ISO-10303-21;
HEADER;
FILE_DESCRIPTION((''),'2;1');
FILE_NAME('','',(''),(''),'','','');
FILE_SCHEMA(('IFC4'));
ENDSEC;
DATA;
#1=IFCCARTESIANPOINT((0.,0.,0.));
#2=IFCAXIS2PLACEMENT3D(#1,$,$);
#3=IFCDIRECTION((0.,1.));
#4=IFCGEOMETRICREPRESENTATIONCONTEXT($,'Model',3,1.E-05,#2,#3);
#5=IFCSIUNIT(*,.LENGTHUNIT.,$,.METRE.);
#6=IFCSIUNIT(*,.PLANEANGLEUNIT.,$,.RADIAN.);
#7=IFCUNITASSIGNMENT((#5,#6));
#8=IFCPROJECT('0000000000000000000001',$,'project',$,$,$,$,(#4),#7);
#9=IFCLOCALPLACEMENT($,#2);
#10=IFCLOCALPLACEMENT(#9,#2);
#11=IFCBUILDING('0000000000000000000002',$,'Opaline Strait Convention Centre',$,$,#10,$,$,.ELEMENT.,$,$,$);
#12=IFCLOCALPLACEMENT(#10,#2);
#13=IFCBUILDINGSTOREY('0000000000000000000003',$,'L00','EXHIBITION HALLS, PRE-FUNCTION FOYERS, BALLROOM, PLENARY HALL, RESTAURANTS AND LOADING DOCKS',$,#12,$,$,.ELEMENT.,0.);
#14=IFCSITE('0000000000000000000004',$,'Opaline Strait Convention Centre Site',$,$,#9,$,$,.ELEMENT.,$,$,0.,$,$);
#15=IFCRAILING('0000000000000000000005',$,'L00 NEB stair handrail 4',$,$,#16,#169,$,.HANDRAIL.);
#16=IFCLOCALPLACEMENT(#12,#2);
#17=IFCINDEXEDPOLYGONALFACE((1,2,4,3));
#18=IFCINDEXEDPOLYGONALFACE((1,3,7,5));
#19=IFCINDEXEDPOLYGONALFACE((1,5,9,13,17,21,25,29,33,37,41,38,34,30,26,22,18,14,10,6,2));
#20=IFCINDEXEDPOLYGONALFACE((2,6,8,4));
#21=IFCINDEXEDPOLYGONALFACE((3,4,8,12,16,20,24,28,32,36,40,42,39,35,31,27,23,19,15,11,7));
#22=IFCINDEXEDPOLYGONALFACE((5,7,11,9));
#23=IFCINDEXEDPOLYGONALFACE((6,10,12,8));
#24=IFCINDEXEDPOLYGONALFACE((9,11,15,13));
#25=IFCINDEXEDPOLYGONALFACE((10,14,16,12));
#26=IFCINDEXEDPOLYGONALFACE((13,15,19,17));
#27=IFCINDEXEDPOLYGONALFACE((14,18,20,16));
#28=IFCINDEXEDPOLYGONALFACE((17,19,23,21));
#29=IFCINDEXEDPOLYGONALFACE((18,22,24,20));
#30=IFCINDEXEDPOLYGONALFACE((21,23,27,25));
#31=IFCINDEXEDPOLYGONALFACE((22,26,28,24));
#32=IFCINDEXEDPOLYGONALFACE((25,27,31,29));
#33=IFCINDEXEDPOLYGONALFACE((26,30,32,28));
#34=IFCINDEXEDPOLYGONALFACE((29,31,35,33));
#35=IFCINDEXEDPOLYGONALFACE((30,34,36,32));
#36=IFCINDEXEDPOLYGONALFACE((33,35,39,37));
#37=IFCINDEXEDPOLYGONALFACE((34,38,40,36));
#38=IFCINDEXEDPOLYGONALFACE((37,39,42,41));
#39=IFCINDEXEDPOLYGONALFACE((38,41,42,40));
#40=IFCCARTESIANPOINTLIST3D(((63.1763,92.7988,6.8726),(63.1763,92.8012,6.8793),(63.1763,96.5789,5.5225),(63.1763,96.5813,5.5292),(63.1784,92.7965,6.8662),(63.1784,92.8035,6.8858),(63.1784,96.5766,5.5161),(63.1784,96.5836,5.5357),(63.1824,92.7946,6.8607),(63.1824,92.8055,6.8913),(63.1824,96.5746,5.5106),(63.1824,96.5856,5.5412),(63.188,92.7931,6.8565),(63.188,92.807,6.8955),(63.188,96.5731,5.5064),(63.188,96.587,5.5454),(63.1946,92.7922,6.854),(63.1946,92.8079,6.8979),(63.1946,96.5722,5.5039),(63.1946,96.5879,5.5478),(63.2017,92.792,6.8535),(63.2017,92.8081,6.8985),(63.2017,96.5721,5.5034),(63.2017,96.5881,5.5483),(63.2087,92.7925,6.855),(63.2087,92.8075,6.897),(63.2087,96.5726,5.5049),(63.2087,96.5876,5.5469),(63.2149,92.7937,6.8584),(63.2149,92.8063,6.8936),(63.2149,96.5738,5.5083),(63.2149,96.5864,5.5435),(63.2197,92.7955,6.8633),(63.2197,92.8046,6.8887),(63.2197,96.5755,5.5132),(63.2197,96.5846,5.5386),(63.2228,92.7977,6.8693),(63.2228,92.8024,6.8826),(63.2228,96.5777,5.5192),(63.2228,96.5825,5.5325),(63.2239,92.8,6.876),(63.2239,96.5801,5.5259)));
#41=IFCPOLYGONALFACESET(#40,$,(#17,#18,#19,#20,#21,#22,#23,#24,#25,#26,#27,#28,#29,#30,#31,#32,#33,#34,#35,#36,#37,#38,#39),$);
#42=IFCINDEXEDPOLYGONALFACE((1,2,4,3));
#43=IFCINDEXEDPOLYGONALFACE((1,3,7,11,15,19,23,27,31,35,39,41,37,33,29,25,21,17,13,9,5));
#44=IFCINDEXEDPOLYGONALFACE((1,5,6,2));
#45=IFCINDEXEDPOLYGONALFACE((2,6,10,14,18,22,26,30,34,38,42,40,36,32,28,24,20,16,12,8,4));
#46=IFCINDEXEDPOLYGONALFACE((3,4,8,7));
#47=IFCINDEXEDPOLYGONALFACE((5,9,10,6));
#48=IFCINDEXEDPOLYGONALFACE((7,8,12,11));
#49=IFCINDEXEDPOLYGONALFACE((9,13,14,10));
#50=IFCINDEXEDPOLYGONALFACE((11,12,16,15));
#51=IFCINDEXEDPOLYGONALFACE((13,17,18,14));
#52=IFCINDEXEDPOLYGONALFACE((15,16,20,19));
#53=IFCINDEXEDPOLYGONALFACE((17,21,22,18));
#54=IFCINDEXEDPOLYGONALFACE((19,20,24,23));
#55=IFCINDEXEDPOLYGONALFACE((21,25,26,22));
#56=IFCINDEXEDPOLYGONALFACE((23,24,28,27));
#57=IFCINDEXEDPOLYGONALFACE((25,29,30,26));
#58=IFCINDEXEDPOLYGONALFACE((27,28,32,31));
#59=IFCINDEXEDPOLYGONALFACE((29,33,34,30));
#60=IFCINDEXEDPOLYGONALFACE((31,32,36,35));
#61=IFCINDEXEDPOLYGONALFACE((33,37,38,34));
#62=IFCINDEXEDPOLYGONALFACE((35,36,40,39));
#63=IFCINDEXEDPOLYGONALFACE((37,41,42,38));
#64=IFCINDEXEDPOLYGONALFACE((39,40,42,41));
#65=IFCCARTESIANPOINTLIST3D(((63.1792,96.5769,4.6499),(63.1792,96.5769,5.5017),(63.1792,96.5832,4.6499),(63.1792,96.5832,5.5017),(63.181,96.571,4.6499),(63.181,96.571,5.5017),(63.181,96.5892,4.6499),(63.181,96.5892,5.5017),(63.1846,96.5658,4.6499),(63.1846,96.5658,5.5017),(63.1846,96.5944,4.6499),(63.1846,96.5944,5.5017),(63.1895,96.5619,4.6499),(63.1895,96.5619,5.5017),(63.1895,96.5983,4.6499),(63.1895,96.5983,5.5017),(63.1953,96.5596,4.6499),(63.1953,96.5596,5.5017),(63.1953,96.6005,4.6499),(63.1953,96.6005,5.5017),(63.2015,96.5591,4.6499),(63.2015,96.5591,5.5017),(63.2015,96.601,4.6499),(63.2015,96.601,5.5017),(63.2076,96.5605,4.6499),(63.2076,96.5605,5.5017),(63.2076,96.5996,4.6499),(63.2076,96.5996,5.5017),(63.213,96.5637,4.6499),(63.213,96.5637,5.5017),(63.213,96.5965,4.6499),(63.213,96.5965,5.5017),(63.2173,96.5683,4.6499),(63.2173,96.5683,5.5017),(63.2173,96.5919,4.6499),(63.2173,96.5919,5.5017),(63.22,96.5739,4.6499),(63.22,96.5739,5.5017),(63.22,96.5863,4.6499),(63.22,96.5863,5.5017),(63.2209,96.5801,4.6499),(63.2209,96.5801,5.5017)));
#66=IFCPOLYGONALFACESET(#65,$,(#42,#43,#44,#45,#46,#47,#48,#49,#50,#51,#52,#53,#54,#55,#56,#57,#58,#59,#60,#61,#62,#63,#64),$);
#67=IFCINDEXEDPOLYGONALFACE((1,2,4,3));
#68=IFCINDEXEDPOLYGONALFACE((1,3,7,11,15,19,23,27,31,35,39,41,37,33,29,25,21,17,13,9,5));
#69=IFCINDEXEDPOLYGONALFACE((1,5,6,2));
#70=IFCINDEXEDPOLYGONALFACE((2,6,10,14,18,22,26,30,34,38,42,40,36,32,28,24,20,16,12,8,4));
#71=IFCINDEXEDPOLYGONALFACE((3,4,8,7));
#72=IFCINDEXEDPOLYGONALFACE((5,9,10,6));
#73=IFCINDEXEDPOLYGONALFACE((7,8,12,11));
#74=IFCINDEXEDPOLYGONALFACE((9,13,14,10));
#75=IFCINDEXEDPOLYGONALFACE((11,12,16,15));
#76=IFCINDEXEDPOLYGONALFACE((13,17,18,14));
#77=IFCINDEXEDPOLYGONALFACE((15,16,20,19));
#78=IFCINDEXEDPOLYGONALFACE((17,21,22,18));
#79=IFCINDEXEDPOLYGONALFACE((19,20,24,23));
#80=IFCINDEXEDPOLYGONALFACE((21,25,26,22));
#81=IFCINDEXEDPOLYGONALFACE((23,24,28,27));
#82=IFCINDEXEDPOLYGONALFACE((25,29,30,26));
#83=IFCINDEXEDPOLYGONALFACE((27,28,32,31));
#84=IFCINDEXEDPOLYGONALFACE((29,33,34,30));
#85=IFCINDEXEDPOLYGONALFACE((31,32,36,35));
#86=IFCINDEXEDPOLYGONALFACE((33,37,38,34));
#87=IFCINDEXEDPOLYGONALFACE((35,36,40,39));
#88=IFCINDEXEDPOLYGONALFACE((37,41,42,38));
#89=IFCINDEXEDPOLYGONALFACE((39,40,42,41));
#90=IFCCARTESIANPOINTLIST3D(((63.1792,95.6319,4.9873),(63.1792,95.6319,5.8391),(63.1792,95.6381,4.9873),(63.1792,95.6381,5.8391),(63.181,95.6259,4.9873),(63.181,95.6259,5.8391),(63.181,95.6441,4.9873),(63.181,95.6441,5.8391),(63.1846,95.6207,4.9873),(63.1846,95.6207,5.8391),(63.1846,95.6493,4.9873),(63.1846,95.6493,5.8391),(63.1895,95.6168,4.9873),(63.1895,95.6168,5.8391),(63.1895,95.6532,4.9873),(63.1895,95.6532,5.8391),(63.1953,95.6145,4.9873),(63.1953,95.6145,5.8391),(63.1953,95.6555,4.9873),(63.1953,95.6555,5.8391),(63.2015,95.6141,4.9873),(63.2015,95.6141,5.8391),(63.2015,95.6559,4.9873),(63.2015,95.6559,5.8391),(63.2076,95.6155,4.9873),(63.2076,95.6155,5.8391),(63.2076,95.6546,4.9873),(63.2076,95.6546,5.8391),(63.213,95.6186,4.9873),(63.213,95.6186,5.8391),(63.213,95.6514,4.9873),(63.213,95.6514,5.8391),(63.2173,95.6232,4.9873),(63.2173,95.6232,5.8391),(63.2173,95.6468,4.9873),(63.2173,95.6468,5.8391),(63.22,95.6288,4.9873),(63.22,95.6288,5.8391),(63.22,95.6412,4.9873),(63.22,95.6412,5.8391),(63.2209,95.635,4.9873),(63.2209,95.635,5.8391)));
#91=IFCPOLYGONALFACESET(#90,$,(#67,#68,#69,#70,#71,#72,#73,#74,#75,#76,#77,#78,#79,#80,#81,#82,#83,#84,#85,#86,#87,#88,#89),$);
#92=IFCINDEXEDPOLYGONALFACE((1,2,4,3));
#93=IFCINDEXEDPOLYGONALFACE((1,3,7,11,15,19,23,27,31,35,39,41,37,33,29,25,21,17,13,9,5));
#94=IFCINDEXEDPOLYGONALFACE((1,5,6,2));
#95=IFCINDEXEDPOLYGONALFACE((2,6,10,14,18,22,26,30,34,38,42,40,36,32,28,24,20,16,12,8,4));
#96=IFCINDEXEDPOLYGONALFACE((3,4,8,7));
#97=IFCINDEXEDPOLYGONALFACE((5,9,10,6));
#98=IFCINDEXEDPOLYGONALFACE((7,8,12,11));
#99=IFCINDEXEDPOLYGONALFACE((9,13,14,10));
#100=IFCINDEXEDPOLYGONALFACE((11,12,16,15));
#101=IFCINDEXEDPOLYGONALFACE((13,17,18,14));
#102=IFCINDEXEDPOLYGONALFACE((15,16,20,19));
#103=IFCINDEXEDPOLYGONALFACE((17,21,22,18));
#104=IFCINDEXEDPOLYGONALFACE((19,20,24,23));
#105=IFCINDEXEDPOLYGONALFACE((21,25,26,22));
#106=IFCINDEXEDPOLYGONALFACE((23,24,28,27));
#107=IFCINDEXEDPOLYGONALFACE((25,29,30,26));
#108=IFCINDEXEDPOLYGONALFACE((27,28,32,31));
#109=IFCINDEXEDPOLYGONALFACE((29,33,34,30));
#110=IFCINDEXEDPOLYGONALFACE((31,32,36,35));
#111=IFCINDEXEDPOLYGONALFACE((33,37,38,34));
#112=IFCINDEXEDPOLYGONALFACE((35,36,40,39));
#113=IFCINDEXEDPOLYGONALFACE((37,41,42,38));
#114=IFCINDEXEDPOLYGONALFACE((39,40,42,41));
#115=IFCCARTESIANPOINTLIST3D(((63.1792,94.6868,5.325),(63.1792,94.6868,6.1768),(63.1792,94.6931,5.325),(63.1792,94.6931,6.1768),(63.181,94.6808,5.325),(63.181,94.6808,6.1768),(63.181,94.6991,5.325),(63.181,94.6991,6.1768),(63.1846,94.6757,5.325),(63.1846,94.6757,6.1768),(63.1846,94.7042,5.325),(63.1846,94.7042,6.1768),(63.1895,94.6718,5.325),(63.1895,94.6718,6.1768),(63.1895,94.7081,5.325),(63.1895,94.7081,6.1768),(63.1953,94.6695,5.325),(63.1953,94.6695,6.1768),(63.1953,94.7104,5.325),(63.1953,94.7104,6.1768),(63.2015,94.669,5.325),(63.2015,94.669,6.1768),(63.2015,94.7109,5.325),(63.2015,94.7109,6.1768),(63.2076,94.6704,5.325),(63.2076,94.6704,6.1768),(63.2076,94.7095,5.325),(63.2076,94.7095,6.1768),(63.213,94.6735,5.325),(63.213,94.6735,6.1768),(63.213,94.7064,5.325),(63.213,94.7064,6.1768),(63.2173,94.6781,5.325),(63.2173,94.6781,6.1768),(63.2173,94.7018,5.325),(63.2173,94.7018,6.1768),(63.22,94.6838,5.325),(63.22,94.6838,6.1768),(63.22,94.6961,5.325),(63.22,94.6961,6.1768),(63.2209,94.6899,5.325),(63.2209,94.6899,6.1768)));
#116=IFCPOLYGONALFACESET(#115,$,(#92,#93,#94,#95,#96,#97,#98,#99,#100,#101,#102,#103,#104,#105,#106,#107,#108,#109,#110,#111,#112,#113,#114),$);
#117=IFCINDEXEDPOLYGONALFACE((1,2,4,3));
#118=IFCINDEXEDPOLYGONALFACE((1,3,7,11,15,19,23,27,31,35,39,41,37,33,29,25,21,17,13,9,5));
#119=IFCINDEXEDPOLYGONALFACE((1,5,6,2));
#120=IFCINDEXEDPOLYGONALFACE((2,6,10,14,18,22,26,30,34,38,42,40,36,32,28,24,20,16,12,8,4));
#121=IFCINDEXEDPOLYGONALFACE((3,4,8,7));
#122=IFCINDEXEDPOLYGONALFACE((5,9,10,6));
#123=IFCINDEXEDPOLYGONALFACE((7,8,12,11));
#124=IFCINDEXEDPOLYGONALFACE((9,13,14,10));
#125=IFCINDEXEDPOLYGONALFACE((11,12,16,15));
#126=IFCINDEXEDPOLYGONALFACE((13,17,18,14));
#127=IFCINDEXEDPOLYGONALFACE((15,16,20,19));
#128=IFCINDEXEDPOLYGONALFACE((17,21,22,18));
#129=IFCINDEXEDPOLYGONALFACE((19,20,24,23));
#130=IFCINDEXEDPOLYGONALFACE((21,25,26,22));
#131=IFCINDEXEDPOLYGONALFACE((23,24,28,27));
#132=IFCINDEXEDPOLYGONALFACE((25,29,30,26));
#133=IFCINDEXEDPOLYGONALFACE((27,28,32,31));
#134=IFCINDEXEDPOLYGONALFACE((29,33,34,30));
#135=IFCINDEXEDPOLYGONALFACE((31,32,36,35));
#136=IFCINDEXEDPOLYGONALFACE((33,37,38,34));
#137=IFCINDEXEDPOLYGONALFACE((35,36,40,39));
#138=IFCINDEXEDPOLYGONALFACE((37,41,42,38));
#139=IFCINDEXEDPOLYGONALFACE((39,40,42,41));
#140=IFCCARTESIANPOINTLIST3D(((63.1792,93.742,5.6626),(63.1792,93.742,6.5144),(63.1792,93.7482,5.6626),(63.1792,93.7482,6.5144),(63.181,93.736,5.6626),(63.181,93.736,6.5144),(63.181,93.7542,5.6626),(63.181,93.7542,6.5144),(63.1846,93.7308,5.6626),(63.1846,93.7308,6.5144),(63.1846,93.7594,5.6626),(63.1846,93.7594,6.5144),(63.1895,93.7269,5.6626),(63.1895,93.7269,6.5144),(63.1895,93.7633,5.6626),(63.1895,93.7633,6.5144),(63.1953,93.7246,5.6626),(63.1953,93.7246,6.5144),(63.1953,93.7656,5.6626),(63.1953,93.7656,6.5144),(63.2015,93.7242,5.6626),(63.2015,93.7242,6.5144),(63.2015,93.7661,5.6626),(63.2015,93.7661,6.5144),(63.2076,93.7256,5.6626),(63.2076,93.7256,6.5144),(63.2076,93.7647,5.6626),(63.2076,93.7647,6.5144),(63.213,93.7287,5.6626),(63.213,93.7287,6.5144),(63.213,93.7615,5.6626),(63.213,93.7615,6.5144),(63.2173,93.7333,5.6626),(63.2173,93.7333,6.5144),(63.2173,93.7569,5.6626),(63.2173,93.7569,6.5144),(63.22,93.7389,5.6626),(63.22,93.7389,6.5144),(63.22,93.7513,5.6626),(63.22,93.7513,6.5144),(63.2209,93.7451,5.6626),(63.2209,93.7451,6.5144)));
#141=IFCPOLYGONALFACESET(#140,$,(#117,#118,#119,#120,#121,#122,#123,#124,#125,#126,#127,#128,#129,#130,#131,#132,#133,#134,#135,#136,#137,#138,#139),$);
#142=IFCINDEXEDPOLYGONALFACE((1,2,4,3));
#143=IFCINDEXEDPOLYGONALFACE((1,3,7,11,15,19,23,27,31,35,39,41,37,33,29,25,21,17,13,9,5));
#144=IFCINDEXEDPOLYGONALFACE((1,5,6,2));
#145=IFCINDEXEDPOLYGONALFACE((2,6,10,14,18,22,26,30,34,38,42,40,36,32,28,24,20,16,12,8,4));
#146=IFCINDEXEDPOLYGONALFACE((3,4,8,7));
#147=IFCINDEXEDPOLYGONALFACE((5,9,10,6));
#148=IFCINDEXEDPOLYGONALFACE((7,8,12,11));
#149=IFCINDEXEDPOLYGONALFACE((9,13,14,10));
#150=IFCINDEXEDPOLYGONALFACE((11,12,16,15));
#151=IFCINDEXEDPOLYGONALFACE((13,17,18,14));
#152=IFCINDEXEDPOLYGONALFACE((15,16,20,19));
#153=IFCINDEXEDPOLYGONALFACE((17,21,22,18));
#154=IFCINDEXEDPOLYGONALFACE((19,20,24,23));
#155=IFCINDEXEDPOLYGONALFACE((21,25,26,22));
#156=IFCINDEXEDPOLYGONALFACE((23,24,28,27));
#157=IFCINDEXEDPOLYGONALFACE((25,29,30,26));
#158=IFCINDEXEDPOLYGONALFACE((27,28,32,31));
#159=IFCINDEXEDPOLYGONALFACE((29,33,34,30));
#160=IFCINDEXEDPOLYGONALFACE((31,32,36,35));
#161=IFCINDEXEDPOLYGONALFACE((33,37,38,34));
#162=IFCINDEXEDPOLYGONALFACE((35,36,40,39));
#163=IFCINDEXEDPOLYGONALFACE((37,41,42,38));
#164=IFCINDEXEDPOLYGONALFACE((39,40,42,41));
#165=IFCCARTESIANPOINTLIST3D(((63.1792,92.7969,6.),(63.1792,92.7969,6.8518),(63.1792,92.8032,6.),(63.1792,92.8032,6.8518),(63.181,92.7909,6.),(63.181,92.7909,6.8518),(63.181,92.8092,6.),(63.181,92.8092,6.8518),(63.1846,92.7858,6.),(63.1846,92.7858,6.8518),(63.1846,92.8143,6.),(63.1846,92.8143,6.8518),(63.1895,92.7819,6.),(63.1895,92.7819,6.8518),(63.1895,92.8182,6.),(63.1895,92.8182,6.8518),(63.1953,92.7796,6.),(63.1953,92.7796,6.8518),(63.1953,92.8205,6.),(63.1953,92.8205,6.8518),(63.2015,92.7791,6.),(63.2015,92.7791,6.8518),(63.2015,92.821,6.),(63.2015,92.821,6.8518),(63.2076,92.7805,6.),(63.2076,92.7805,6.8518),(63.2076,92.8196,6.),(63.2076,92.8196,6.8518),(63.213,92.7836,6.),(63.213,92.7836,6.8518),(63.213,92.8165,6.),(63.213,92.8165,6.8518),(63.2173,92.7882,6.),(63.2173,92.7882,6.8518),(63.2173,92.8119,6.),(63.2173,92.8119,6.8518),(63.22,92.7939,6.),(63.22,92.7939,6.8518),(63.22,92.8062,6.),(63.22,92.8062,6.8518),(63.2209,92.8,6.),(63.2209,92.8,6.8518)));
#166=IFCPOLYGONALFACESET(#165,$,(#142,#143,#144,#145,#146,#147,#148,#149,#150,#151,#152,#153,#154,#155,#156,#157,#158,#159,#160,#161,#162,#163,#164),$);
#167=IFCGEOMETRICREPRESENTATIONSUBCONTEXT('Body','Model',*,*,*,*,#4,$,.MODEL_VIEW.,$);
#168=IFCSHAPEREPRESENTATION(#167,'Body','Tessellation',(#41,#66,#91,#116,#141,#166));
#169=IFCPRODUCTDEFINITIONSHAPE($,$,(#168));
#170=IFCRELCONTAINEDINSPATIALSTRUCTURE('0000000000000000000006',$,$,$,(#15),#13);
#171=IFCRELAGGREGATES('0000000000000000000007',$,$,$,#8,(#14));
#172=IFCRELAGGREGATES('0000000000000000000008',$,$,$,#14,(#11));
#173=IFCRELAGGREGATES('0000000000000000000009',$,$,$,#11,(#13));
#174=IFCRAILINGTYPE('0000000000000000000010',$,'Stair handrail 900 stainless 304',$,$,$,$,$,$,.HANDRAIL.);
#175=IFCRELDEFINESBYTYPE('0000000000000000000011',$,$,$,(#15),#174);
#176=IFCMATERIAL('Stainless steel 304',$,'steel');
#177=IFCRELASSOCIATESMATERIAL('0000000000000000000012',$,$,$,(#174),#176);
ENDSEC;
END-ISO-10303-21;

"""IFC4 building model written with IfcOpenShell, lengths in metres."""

from ifc_helpers import new_model, si_unit, direction, frame, origin, origin_2d, place, context, subcontext, project, spatial, circle, extrude, material, type_object, element, save


model = new_model("IFC4")

# Units and contexts
model_context = context("Model", 3, precision=1e-05, world=origin(), true_north=direction((0.0, 1.0)))
body_context = subcontext(model_context, "Body", "Model", "MODEL_VIEW")
ifc_project = project(units=[si_unit("LENGTHUNIT", "METRE"), si_unit("PLANEANGLEUNIT", "RADIAN")], contexts=[model_context])

# Site, building, storey
site_placement = place(None, origin())
site = spatial("IfcSite", under=ifc_project, at=site_placement, Name="Opaline Strait Convention Centre Site", CompositionType="ELEMENT", RefElevation=0.0)
building_placement = place(site_placement, origin())
building = spatial("IfcBuilding", under=site, at=building_placement, Name="Opaline Strait Convention Centre", CompositionType="ELEMENT")
storey_placement = place(building_placement, origin())
storey = spatial("IfcBuildingStorey", under=building, at=storey_placement, Name="L00", Description="EXHIBITION HALLS, PRE-FUNCTION FOYERS, BALLROOM, PLENARY HALL, RESTAURANTS AND LOADING DOCKS", CompositionType="ELEMENT", Elevation=0.0)

# Railing
ifc_material_1 = material(Name="Stainless steel 304", Category="steel")
railing_type = type_object("IfcRailingType", Name="Stair handrail 900 stainless 304", PredefinedType="HANDRAIL", material=ifc_material_1)
for number, where, name in (
    (1, (63.2, 96.5801, 4.6499), "L00 NEB stair handrail 4"),
):
    element("IfcRailing", number, at=place(storey_placement, frame(where)), inside=storey, type_object=railing_type, Name=name, PredefinedType="HANDRAIL", context=body_context, shape_type="SweptSolid", body=[
        extrude(circle(Radius=0.0239, at=origin_2d()), frame((0.0, 0.0, 0.876), z_axis=(0.0, -0.941735, 0.336356), x_axis=(1.0, 0.0, 0.0)), (0.0, 0.0, 1.0), 4.0139),
        extrude(circle(Radius=0.021, at=origin_2d()), origin(), (0.0, 0.0, 1.0), 0.8518),
        extrude(circle(Radius=0.021, at=origin_2d()), frame((0.0, -0.9451, 0.3374)), (0.0, 0.0, 1.0), 0.8518),
        extrude(circle(Radius=0.021, at=origin_2d()), frame((0.0, -1.8901, 0.675)), (0.0, 0.0, 1.0), 0.8518),
        extrude(circle(Radius=0.021, at=origin_2d()), frame((0.0, -2.835, 1.0127)), (0.0, 0.0, 1.0), 0.8518),
        extrude(circle(Radius=0.021, at=origin_2d()), frame((0.0, -3.78, 1.3501)), (0.0, 0.0, 1.0), 0.8518),
    ])

save(model, "model.ifc")
